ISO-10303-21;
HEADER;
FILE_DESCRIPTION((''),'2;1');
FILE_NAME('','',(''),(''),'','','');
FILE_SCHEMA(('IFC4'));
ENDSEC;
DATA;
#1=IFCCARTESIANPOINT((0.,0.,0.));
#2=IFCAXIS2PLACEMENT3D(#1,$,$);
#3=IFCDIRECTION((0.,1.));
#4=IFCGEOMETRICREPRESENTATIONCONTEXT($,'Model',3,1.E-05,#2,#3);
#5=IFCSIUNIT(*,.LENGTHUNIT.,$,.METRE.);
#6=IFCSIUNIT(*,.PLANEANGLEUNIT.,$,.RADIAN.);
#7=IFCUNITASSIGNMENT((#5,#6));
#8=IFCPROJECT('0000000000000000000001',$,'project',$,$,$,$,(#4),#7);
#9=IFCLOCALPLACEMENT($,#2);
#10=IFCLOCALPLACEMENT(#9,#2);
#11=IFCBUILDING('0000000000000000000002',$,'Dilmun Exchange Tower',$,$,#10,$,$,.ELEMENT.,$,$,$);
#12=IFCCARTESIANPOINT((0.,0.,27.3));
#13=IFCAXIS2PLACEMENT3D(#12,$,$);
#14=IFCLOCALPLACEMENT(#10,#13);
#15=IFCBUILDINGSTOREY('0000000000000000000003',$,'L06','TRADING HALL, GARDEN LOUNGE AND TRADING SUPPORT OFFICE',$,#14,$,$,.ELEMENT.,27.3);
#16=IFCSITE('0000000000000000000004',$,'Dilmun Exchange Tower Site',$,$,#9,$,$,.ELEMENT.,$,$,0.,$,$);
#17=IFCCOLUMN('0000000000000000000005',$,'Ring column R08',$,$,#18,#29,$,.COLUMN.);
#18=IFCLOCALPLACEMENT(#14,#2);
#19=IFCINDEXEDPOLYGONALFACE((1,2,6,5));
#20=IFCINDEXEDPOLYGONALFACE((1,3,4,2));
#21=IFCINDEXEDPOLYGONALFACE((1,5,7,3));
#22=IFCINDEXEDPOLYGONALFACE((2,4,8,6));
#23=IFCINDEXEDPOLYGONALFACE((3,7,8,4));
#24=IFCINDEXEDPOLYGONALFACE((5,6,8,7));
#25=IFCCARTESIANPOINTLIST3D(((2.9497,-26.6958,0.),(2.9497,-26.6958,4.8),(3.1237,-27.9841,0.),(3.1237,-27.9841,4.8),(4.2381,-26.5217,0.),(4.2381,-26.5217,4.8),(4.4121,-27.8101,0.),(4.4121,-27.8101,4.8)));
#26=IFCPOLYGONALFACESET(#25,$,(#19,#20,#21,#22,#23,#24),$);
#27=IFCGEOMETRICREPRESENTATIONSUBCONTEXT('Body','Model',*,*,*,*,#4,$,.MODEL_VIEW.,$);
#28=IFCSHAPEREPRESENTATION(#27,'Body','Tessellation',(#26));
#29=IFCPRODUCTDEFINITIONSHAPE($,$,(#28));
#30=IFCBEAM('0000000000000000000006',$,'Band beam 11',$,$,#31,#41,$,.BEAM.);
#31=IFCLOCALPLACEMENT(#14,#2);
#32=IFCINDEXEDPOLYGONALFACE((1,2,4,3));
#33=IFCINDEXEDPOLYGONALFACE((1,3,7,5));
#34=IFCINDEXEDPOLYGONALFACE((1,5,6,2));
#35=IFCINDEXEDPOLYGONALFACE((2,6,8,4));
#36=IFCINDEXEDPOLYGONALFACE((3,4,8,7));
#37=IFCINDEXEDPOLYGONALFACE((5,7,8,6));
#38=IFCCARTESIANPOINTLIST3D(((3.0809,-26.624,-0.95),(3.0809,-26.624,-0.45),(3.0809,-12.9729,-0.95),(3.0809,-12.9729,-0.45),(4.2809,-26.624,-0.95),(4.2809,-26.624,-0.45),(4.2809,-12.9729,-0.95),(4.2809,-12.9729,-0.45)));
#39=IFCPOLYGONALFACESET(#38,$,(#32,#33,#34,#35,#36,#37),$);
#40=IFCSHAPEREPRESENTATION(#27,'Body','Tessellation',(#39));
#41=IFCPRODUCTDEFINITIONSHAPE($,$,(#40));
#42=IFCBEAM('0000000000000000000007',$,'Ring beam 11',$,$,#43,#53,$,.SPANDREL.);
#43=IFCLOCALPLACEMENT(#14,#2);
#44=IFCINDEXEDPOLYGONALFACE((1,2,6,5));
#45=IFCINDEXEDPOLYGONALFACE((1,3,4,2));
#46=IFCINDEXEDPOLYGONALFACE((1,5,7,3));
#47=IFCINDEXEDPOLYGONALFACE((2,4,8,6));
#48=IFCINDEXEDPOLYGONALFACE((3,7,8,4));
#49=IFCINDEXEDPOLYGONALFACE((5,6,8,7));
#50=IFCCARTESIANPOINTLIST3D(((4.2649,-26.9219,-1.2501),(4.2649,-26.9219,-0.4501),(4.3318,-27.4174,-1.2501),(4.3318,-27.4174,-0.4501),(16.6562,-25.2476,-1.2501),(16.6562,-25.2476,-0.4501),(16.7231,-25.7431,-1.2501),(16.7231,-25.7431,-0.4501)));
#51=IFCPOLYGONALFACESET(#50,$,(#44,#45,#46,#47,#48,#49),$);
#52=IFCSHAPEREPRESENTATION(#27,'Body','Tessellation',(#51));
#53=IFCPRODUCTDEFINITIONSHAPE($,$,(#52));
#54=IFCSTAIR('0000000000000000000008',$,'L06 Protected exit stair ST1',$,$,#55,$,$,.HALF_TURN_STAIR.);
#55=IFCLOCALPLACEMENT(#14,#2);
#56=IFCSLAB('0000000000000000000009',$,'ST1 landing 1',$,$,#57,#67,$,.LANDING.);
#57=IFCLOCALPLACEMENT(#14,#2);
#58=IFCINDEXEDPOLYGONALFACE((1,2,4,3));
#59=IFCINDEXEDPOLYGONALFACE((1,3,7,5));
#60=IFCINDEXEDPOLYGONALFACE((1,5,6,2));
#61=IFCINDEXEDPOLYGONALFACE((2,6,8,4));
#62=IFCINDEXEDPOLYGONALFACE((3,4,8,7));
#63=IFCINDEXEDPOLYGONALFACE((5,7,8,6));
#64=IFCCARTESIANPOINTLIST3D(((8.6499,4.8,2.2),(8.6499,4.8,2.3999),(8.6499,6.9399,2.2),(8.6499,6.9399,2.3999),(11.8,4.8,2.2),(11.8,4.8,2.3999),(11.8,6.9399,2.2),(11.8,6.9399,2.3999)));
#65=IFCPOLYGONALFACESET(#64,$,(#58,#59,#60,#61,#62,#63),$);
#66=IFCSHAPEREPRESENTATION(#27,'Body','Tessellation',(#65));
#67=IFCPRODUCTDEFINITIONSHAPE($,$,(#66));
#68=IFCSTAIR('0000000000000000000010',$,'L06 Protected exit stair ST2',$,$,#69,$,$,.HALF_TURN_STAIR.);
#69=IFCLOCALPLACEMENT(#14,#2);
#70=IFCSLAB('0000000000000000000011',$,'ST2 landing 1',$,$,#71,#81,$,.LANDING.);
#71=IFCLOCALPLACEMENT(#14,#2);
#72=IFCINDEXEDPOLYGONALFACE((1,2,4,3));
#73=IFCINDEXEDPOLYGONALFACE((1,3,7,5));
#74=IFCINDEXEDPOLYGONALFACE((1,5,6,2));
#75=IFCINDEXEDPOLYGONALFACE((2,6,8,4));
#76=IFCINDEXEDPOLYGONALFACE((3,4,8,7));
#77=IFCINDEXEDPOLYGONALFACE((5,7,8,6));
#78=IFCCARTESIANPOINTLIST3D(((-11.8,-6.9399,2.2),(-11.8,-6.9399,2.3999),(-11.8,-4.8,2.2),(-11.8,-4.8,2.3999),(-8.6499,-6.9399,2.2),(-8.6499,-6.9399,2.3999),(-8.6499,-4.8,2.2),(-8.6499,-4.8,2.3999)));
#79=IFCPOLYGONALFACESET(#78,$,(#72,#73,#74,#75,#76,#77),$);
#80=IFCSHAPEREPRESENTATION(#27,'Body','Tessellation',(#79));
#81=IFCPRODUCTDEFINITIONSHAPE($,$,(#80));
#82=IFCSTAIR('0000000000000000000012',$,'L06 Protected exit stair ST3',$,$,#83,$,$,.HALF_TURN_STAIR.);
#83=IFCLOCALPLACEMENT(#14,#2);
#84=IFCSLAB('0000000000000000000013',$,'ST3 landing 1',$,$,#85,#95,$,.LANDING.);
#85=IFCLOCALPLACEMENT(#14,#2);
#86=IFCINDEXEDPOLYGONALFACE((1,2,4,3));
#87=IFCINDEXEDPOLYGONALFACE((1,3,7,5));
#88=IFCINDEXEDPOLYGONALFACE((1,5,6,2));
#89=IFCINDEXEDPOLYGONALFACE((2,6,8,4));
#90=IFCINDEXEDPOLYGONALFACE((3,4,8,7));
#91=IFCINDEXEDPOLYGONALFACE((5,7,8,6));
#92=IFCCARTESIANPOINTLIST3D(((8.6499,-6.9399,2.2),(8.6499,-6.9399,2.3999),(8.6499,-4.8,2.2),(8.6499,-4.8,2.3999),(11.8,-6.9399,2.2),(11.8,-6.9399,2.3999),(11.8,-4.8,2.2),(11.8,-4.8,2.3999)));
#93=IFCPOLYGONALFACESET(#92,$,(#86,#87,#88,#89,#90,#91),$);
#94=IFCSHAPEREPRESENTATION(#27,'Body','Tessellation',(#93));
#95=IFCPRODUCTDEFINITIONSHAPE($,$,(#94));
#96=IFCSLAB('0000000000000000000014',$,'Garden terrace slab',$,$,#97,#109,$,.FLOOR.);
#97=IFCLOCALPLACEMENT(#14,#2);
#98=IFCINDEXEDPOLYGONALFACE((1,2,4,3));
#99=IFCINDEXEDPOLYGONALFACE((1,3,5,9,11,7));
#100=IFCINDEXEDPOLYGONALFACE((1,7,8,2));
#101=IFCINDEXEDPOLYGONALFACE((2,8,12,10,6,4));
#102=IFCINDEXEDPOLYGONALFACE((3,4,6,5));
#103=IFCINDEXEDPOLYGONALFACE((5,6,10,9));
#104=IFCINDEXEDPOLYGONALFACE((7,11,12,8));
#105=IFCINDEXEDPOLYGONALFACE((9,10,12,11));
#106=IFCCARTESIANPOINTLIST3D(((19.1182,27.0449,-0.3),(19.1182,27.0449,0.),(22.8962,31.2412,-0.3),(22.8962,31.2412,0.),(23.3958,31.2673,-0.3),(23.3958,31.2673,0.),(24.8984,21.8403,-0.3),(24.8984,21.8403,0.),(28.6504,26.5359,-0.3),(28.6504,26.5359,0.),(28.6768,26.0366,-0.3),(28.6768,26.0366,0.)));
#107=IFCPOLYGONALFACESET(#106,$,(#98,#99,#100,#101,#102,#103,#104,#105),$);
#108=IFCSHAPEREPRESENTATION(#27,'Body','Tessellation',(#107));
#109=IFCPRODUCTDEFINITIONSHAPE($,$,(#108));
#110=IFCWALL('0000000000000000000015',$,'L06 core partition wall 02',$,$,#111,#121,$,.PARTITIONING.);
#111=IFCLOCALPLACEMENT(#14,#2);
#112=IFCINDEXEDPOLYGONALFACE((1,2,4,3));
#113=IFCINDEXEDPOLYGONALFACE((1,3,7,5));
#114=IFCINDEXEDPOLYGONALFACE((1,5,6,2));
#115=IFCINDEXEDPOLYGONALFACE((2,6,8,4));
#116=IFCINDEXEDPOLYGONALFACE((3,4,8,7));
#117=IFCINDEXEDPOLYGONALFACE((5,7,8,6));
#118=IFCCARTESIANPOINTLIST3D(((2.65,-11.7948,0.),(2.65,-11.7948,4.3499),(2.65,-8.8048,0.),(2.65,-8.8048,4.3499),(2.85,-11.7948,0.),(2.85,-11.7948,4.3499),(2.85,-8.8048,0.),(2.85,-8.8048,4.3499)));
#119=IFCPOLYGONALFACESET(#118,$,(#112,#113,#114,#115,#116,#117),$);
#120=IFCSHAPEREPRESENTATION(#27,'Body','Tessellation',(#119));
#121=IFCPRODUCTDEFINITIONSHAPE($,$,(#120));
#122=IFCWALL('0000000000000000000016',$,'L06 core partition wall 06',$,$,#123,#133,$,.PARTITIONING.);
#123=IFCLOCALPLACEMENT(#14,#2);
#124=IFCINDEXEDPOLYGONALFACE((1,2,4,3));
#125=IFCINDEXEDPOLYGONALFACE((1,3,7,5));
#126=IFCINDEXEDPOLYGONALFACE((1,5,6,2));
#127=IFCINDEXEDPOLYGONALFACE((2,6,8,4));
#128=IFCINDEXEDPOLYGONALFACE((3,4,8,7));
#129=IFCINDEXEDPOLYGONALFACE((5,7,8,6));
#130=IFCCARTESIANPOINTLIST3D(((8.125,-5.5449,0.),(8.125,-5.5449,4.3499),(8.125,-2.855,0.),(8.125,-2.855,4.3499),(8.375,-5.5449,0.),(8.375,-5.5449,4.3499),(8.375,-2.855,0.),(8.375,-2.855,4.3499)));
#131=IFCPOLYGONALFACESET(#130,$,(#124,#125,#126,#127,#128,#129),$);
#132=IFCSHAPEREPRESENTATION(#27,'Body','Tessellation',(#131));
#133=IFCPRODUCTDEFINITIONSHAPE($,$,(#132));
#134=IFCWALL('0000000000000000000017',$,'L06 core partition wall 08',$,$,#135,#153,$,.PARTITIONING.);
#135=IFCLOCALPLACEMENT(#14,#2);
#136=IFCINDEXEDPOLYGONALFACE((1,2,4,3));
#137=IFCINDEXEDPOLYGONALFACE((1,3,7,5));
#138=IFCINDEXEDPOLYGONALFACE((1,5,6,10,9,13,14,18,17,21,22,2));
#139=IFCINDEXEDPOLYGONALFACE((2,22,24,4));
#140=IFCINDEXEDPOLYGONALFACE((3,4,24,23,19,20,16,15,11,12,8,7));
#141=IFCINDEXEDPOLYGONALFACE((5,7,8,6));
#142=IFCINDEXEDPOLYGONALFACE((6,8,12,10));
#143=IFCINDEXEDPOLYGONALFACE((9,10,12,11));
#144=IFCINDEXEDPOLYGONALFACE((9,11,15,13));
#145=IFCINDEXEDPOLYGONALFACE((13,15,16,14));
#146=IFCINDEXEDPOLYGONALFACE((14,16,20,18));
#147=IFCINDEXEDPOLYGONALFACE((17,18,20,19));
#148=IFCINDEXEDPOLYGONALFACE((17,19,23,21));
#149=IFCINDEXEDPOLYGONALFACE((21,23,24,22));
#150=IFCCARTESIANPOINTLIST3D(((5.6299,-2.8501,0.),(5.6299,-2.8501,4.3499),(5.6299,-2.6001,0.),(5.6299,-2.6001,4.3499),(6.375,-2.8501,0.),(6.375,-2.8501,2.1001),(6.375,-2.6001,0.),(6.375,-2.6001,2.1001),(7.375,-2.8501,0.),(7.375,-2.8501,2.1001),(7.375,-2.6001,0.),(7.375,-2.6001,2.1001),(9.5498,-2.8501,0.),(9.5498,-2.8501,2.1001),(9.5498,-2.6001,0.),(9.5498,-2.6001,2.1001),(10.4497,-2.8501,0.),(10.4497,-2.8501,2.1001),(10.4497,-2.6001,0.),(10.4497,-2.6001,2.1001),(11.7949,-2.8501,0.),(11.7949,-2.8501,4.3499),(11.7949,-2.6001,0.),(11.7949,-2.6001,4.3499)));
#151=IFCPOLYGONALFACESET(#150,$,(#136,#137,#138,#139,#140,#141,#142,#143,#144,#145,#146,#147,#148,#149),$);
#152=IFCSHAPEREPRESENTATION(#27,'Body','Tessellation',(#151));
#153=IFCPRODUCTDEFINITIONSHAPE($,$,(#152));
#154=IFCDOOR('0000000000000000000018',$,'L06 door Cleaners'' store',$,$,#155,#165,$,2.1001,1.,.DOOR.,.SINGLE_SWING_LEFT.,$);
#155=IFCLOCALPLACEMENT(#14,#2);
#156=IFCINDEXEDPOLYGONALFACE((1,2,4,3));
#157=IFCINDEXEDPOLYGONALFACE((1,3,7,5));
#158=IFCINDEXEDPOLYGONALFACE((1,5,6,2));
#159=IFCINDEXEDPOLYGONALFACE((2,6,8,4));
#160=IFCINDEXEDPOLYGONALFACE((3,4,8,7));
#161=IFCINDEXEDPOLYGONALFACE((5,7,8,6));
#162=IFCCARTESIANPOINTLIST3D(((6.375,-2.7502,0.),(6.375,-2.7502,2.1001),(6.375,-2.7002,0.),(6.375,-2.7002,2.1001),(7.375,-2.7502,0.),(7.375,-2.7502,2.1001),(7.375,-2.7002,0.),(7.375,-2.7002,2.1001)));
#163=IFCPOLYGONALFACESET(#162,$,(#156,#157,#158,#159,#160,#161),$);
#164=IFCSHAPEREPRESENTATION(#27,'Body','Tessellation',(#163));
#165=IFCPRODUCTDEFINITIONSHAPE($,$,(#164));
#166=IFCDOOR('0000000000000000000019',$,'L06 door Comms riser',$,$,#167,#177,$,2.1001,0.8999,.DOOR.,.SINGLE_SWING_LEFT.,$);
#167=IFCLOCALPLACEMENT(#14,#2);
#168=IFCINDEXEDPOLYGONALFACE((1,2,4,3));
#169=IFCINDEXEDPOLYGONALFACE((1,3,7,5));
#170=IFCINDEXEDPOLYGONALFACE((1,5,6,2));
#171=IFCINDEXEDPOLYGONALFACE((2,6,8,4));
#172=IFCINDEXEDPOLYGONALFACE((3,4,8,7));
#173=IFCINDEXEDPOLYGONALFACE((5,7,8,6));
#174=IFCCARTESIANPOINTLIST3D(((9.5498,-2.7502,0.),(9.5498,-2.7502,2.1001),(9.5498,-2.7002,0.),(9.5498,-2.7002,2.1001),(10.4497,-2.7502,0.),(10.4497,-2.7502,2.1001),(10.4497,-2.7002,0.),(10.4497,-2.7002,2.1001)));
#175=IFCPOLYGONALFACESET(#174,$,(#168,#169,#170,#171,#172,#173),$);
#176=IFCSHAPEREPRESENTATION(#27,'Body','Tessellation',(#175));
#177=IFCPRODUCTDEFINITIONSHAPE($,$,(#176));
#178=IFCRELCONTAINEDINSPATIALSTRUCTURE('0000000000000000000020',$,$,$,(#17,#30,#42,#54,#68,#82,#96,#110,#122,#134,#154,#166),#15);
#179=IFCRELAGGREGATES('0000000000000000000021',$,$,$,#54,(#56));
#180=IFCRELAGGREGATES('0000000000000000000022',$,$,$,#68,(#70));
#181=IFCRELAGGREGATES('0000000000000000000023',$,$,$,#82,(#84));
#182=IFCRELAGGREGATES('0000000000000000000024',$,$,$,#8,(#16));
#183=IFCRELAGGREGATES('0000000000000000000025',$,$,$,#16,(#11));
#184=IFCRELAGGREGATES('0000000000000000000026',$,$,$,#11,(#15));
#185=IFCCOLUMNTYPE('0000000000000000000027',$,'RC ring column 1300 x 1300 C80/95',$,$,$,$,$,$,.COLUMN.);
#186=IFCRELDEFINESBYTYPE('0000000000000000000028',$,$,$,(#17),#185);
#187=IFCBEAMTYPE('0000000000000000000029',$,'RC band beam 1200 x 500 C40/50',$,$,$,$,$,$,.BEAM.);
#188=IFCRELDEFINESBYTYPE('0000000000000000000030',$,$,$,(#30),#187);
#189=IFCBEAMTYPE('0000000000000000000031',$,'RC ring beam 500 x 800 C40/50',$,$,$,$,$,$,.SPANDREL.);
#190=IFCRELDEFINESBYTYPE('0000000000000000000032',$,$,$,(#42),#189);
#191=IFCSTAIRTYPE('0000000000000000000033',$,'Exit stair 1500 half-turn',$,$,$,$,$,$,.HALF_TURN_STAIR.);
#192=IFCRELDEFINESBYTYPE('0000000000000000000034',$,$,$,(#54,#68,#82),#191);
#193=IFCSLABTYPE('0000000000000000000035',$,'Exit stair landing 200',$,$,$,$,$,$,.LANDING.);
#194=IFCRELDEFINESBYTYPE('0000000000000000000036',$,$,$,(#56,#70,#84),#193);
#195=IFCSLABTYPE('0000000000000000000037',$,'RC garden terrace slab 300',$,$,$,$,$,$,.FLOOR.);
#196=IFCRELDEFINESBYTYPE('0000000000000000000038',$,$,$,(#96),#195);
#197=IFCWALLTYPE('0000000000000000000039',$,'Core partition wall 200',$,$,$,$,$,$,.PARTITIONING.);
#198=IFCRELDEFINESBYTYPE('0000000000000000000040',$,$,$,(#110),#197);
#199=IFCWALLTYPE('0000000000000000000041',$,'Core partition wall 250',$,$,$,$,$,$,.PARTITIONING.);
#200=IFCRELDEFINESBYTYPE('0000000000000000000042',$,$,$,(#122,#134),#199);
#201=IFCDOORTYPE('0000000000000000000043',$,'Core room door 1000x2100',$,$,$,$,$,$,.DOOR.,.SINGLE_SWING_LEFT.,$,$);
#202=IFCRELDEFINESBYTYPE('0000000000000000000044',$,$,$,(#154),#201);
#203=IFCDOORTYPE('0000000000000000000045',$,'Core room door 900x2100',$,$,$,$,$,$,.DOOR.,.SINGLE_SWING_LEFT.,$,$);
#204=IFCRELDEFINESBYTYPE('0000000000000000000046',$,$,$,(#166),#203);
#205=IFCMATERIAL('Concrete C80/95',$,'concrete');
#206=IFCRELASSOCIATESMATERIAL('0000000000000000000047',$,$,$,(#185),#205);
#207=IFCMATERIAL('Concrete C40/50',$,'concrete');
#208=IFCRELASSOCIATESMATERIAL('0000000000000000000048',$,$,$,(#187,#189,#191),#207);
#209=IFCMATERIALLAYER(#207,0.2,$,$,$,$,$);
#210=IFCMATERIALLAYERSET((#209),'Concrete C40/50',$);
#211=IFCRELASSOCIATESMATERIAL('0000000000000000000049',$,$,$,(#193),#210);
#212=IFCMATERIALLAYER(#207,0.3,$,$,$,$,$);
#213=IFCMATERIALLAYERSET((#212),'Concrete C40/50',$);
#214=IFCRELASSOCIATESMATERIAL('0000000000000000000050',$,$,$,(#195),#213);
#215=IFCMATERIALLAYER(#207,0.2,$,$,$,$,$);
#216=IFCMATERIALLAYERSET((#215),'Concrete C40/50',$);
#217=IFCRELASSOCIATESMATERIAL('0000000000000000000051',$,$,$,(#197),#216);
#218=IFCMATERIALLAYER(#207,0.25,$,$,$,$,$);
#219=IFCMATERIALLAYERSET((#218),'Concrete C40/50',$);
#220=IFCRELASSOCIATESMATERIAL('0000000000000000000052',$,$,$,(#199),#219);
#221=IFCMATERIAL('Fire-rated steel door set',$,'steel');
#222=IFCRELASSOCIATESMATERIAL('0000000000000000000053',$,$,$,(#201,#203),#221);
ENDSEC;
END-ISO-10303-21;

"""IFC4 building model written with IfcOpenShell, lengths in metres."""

from ifc_helpers import new_model, si_unit, direction, frame, frame_2d, origin, origin_2d, place, context, subcontext, project, spatial, polyline, rectangle, outline, extrude, material, layer, layer_set, material_profile, profile_set, type_object, element, fill, aggregate, save


model = new_model("IFC4")

# Units and contexts
model_context = context("Model", 3, precision=1e-05, world=origin(), true_north=direction((0.0, 1.0)))
body_context = subcontext(model_context, "Body", "Model", "MODEL_VIEW")
ifc_project = project(units=[si_unit("LENGTHUNIT", "METRE"), si_unit("PLANEANGLEUNIT", "RADIAN")], contexts=[model_context])

# Site, building, storey
site_placement = place(None, origin())
site = spatial("IfcSite", under=ifc_project, at=site_placement, Name="Dilmun Exchange Tower Site", CompositionType="ELEMENT", RefElevation=0.0)
building_placement = place(site_placement, origin())
building = spatial("IfcBuilding", under=site, at=building_placement, Name="Dilmun Exchange Tower", CompositionType="ELEMENT")
storey_placement = place(building_placement, frame((0.0, 0.0, 27.3)))
storey = spatial("IfcBuildingStorey", under=building, at=storey_placement, Name="L06", Description="TRADING HALL, GARDEN LOUNGE AND TRADING SUPPORT OFFICE", CompositionType="ELEMENT", Elevation=27.3)

# Column
ifc_material_1 = material(Name="Concrete C80/95", Category="concrete")
ifc_material_profile_1 = material_profile(ifc_material_1, rectangle(XDim=1.3, YDim=1.3, at=origin_2d()), Name="1300 x 1300")
ifc_profile_set_1 = profile_set([ifc_material_profile_1], Name="Concrete C80/95")
column_type = type_object("IfcColumnType", Name="RC ring column 1300 x 1300 C80/95", PredefinedType="COLUMN", material=ifc_profile_set_1)
column_placement = place(storey_placement, frame((3.6809, -27.2529, 0.0), z_axis=(0.0, 0.0, 1.0), x_axis=(0.991001, 0.133853, 0.0)))
element("IfcColumn", 1, at=column_placement, inside=storey, type_object=column_type, Name="Ring column R08", PredefinedType="COLUMN", context=body_context, shape_type="SweptSolid", body=[
    extrude(rectangle(XDim=1.3, YDim=1.3, at=origin_2d()), origin(), (0.0, 0.0, 1.0), 4.8),
])

# Beams
ifc_material_2 = material(Name="Concrete C40/50", Category="concrete")
ifc_material_profile_2 = material_profile(ifc_material_2, rectangle(XDim=1.2, YDim=0.5, at=origin_2d()), Name="1200 x 500")
ifc_profile_set_2 = profile_set([ifc_material_profile_2], Name="Concrete C40/50")
beam_type_1 = type_object("IfcBeamType", Name="RC band beam 1200 x 500 C40/50", PredefinedType="BEAM", material=ifc_profile_set_2)
beam_1_placement = place(storey_placement, frame((3.6809, -26.624, -0.7), z_axis=(0.0, 1.0, 0.0), x_axis=(-1.0, 0.0, 0.0)))
element("IfcBeam", 2, at=beam_1_placement, inside=storey, type_object=beam_type_1, Name="Band beam 11", PredefinedType="BEAM", context=body_context, shape_type="SweptSolid", body=[
    extrude(rectangle(XDim=1.2, YDim=0.5, at=origin_2d()), origin(), (0.0, 0.0, 1.0), 13.6511),
])
ifc_material_profile_3 = material_profile(ifc_material_2, rectangle(XDim=0.5, YDim=0.8, at=origin_2d()), Name="500 x 800")
ifc_profile_set_3 = profile_set([ifc_material_profile_3], Name="Concrete C40/50")
beam_type_2 = type_object("IfcBeamType", Name="RC ring beam 500 x 800 C40/50", PredefinedType="SPANDREL", material=ifc_profile_set_3)
beam_2_placement = place(storey_placement, frame((4.2983, -27.1697, -0.8501), z_axis=(0.990994, 0.133903, 0.0), x_axis=(-0.133903, 0.990994, 0.0)))
element("IfcBeam", 3, at=beam_2_placement, inside=storey, type_object=beam_type_2, Name="Ring beam 11", PredefinedType="SPANDREL", context=body_context, shape_type="SweptSolid", body=[
    extrude(rectangle(XDim=0.5, YDim=0.8, at=origin_2d()), origin(), (0.0, 0.0, 1.0), 12.5039),
])

# Stairs, slabs
stair_type = type_object("IfcStairType", Name="Exit stair 1500 half-turn", PredefinedType="HALF_TURN_STAIR", material=ifc_material_2)
stair_1_placement = place(storey_placement, origin())
stair_1 = element("IfcStair", 4, at=stair_1_placement, inside=storey, type_object=stair_type, Name="L06 Protected exit stair ST1", PredefinedType="HALF_TURN_STAIR")
ifc_layer_1 = layer(ifc_material_2, 0.2)
ifc_layer_set_1 = layer_set([ifc_layer_1], Name="Concrete C40/50")
slab_type_1 = type_object("IfcSlabType", Name="Exit stair landing 200", PredefinedType="LANDING", material=ifc_layer_set_1)
slab_1_placement = place(storey_placement, frame((0.0, 0.0, 2.2)))
slab_1 = element("IfcSlab", 5, at=slab_1_placement, type_object=slab_type_1, Name="ST1 landing 1", PredefinedType="LANDING", context=body_context, shape_type="SweptSolid", body=[
    extrude(outline(polyline([(8.6499, 6.9399), (8.6499, 4.8), (11.8, 4.8), (11.8, 6.9399), (8.6499, 6.9399)])), origin(), (0.0, 0.0, 1.0), 0.2),
])
aggregate(stair_1, [slab_1])
stair_2_placement = place(storey_placement, origin())
stair_2 = element("IfcStair", 6, at=stair_2_placement, inside=storey, type_object=stair_type, Name="L06 Protected exit stair ST2", PredefinedType="HALF_TURN_STAIR")
slab_2_placement = place(storey_placement, frame((0.0, 0.0, 2.2)))
slab_2 = element("IfcSlab", 7, at=slab_2_placement, type_object=slab_type_1, Name="ST2 landing 1", PredefinedType="LANDING", context=body_context, shape_type="SweptSolid", body=[
    extrude(outline(polyline([(-8.6499, -6.9399), (-8.6499, -4.8), (-11.8, -4.8), (-11.8, -6.9399), (-8.6499, -6.9399)])), origin(), (0.0, 0.0, 1.0), 0.2),
])
aggregate(stair_2, [slab_2])
stair_3_placement = place(storey_placement, origin())
stair_3 = element("IfcStair", 8, at=stair_3_placement, inside=storey, type_object=stair_type, Name="L06 Protected exit stair ST3", PredefinedType="HALF_TURN_STAIR")
slab_3_placement = place(storey_placement, frame((0.0, 0.0, 2.2)))
slab_3 = element("IfcSlab", 9, at=slab_3_placement, type_object=slab_type_1, Name="ST3 landing 1", PredefinedType="LANDING", context=body_context, shape_type="SweptSolid", body=[
    extrude(outline(polyline([(11.8, -6.9399), (11.8, -4.8), (8.6499, -4.8), (8.6499, -6.9399), (11.8, -6.9399)])), origin(), (0.0, 0.0, 1.0), 0.2),
])
aggregate(stair_3, [slab_3])

# Slab
ifc_layer_2 = layer(ifc_material_2, 0.3)
ifc_layer_set_2 = layer_set([ifc_layer_2], Name="Concrete C40/50")
slab_type_2 = type_object("IfcSlabType", Name="RC garden terrace slab 300", PredefinedType="FLOOR", material=ifc_layer_set_2)
slab_4_placement = place(storey_placement, frame((0.0, 0.0, -0.3)))
element("IfcSlab", 10, at=slab_4_placement, inside=storey, type_object=slab_type_2, Name="Garden terrace slab", PredefinedType="FLOOR", context=body_context, shape_type="SweptSolid", body=[
    extrude(outline(polyline([(19.1182, 27.0449), (22.8962, 31.2412), (23.3958, 31.2673), (28.6504, 26.5359), (28.6768, 26.0366), (24.8984, 21.8403), (19.1182, 27.0449)])), origin(), (0.0, 0.0, 1.0), 0.3),
])

# Wall
ifc_layer_3 = layer(ifc_material_2, 0.2)
ifc_layer_set_3 = layer_set([ifc_layer_3], Name="Concrete C40/50")
wall_type_1 = type_object("IfcWallType", Name="Core partition wall 200", PredefinedType="PARTITIONING", material=ifc_layer_set_3)
wall_1_placement = place(storey_placement, frame((2.75, -11.7949, 0.0), z_axis=(0.0, 0.0, 1.0), x_axis=(0.0, 1.0, 0.0)))
element("IfcWall", 11, at=wall_1_placement, inside=storey, type_object=wall_type_1, Name="L06 core partition wall 02", PredefinedType="PARTITIONING", context=body_context, shape_type="SweptSolid", body=[
    extrude(rectangle(XDim=2.99, YDim=0.2, at=frame_2d((1.4951, 0.0))), origin(), (0.0, 0.0, 1.0), 4.3499),
])

# Shared definitions
ifc_material_3 = material(Name="Fire-rated steel door set", Category="steel")

# Wall
ifc_layer_4 = layer(ifc_material_2, 0.25)
ifc_layer_set_4 = layer_set([ifc_layer_4], Name="Concrete C40/50")
wall_type_2 = type_object("IfcWallType", Name="Core partition wall 250", PredefinedType="PARTITIONING", material=ifc_layer_set_4)
wall_2_placement = place(storey_placement, frame((8.25, -5.5449, 0.0), z_axis=(0.0, 0.0, 1.0), x_axis=(0.0, 1.0, 0.0)))
element("IfcWall", 12, at=wall_2_placement, inside=storey, type_object=wall_type_2, Name="L06 core partition wall 06", PredefinedType="PARTITIONING", context=body_context, shape_type="SweptSolid", body=[
    extrude(rectangle(XDim=2.6899, YDim=0.25, at=frame_2d((1.345, 0.0))), origin(), (0.0, 0.0, 1.0), 4.3499),
])

# Wall, openings, doors
wall_3_placement = place(storey_placement, frame((5.6299, -2.7251, 0.0), z_axis=(0.0, 0.0, 1.0), x_axis=(1.0, 0.0, 0.0)))
wall_3 = element("IfcWall", 13, at=wall_3_placement, inside=storey, type_object=wall_type_2, Name="L06 core partition wall 08", PredefinedType="PARTITIONING", context=body_context, shape_type="SweptSolid", body=[
    extrude(rectangle(XDim=6.165, YDim=0.25, at=frame_2d((3.0825, 0.0))), origin(), (0.0, 0.0, 1.0), 4.3499),
])
opening_1_placement = place(wall_3_placement, frame((0.7451, 0.0, 0.0)))
opening_1 = element("IfcOpeningElement", 14, at=opening_1_placement, cuts=wall_3, PredefinedType="OPENING", context=body_context, shape_type="SweptSolid", body=[
    extrude(rectangle(XDim=1.0, YDim=2.1001, at=frame_2d((0.5, 1.05))), frame((0.0, 0.135, 0.0), z_axis=(0.0, -1.0, 0.0), x_axis=(1.0, 0.0, 0.0)), (0.0, 0.0, 1.0), 0.27),
])
opening_2_placement = place(wall_3_placement, frame((3.9199, 0.0, 0.0)))
opening_2 = element("IfcOpeningElement", 15, at=opening_2_placement, cuts=wall_3, PredefinedType="OPENING", context=body_context, shape_type="SweptSolid", body=[
    extrude(rectangle(XDim=0.8999, YDim=2.1001, at=frame_2d((0.45, 1.05))), frame((0.0, 0.135, 0.0), z_axis=(0.0, -1.0, 0.0), x_axis=(1.0, 0.0, 0.0)), (0.0, 0.0, 1.0), 0.27),
])
door_type_1 = type_object("IfcDoorType", Name="Core room door 1000x2100", OperationType="SINGLE_SWING_LEFT", PredefinedType="DOOR", material=ifc_material_3)
door_1_placement = place(opening_1_placement, origin())
door_1 = element("IfcDoor", 16, at=door_1_placement, inside=storey, type_object=door_type_1, Name="L06 door Cleaners' store", OperationType="SINGLE_SWING_LEFT", OverallHeight=2.1001, OverallWidth=1.0, PredefinedType="DOOR", context=body_context, shape_type="SweptSolid", body=[
    extrude(rectangle(XDim=1.0, YDim=2.1001, at=frame_2d((0.5, 1.05))), frame((0.0, 0.0249, 0.0), z_axis=(0.0, -1.0, 0.0), x_axis=(1.0, 0.0, 0.0)), (0.0, 0.0, 1.0), 0.05),
])
fill(opening_1, door_1)
door_type_2 = type_object("IfcDoorType", Name="Core room door 900x2100", OperationType="SINGLE_SWING_LEFT", PredefinedType="DOOR", material=ifc_material_3)
door_2_placement = place(opening_2_placement, origin())
door_2 = element("IfcDoor", 17, at=door_2_placement, inside=storey, type_object=door_type_2, Name="L06 door Comms riser", OperationType="SINGLE_SWING_LEFT", OverallHeight=2.1001, OverallWidth=0.8999, PredefinedType="DOOR", context=body_context, shape_type="SweptSolid", body=[
    extrude(rectangle(XDim=0.8999, YDim=2.1001, at=frame_2d((0.45, 1.05))), frame((0.0, 0.0249, 0.0), z_axis=(0.0, -1.0, 0.0), x_axis=(1.0, 0.0, 0.0)), (0.0, 0.0, 1.0), 0.05),
])
fill(opening_2, door_2)

save(model, "model.ifc")
